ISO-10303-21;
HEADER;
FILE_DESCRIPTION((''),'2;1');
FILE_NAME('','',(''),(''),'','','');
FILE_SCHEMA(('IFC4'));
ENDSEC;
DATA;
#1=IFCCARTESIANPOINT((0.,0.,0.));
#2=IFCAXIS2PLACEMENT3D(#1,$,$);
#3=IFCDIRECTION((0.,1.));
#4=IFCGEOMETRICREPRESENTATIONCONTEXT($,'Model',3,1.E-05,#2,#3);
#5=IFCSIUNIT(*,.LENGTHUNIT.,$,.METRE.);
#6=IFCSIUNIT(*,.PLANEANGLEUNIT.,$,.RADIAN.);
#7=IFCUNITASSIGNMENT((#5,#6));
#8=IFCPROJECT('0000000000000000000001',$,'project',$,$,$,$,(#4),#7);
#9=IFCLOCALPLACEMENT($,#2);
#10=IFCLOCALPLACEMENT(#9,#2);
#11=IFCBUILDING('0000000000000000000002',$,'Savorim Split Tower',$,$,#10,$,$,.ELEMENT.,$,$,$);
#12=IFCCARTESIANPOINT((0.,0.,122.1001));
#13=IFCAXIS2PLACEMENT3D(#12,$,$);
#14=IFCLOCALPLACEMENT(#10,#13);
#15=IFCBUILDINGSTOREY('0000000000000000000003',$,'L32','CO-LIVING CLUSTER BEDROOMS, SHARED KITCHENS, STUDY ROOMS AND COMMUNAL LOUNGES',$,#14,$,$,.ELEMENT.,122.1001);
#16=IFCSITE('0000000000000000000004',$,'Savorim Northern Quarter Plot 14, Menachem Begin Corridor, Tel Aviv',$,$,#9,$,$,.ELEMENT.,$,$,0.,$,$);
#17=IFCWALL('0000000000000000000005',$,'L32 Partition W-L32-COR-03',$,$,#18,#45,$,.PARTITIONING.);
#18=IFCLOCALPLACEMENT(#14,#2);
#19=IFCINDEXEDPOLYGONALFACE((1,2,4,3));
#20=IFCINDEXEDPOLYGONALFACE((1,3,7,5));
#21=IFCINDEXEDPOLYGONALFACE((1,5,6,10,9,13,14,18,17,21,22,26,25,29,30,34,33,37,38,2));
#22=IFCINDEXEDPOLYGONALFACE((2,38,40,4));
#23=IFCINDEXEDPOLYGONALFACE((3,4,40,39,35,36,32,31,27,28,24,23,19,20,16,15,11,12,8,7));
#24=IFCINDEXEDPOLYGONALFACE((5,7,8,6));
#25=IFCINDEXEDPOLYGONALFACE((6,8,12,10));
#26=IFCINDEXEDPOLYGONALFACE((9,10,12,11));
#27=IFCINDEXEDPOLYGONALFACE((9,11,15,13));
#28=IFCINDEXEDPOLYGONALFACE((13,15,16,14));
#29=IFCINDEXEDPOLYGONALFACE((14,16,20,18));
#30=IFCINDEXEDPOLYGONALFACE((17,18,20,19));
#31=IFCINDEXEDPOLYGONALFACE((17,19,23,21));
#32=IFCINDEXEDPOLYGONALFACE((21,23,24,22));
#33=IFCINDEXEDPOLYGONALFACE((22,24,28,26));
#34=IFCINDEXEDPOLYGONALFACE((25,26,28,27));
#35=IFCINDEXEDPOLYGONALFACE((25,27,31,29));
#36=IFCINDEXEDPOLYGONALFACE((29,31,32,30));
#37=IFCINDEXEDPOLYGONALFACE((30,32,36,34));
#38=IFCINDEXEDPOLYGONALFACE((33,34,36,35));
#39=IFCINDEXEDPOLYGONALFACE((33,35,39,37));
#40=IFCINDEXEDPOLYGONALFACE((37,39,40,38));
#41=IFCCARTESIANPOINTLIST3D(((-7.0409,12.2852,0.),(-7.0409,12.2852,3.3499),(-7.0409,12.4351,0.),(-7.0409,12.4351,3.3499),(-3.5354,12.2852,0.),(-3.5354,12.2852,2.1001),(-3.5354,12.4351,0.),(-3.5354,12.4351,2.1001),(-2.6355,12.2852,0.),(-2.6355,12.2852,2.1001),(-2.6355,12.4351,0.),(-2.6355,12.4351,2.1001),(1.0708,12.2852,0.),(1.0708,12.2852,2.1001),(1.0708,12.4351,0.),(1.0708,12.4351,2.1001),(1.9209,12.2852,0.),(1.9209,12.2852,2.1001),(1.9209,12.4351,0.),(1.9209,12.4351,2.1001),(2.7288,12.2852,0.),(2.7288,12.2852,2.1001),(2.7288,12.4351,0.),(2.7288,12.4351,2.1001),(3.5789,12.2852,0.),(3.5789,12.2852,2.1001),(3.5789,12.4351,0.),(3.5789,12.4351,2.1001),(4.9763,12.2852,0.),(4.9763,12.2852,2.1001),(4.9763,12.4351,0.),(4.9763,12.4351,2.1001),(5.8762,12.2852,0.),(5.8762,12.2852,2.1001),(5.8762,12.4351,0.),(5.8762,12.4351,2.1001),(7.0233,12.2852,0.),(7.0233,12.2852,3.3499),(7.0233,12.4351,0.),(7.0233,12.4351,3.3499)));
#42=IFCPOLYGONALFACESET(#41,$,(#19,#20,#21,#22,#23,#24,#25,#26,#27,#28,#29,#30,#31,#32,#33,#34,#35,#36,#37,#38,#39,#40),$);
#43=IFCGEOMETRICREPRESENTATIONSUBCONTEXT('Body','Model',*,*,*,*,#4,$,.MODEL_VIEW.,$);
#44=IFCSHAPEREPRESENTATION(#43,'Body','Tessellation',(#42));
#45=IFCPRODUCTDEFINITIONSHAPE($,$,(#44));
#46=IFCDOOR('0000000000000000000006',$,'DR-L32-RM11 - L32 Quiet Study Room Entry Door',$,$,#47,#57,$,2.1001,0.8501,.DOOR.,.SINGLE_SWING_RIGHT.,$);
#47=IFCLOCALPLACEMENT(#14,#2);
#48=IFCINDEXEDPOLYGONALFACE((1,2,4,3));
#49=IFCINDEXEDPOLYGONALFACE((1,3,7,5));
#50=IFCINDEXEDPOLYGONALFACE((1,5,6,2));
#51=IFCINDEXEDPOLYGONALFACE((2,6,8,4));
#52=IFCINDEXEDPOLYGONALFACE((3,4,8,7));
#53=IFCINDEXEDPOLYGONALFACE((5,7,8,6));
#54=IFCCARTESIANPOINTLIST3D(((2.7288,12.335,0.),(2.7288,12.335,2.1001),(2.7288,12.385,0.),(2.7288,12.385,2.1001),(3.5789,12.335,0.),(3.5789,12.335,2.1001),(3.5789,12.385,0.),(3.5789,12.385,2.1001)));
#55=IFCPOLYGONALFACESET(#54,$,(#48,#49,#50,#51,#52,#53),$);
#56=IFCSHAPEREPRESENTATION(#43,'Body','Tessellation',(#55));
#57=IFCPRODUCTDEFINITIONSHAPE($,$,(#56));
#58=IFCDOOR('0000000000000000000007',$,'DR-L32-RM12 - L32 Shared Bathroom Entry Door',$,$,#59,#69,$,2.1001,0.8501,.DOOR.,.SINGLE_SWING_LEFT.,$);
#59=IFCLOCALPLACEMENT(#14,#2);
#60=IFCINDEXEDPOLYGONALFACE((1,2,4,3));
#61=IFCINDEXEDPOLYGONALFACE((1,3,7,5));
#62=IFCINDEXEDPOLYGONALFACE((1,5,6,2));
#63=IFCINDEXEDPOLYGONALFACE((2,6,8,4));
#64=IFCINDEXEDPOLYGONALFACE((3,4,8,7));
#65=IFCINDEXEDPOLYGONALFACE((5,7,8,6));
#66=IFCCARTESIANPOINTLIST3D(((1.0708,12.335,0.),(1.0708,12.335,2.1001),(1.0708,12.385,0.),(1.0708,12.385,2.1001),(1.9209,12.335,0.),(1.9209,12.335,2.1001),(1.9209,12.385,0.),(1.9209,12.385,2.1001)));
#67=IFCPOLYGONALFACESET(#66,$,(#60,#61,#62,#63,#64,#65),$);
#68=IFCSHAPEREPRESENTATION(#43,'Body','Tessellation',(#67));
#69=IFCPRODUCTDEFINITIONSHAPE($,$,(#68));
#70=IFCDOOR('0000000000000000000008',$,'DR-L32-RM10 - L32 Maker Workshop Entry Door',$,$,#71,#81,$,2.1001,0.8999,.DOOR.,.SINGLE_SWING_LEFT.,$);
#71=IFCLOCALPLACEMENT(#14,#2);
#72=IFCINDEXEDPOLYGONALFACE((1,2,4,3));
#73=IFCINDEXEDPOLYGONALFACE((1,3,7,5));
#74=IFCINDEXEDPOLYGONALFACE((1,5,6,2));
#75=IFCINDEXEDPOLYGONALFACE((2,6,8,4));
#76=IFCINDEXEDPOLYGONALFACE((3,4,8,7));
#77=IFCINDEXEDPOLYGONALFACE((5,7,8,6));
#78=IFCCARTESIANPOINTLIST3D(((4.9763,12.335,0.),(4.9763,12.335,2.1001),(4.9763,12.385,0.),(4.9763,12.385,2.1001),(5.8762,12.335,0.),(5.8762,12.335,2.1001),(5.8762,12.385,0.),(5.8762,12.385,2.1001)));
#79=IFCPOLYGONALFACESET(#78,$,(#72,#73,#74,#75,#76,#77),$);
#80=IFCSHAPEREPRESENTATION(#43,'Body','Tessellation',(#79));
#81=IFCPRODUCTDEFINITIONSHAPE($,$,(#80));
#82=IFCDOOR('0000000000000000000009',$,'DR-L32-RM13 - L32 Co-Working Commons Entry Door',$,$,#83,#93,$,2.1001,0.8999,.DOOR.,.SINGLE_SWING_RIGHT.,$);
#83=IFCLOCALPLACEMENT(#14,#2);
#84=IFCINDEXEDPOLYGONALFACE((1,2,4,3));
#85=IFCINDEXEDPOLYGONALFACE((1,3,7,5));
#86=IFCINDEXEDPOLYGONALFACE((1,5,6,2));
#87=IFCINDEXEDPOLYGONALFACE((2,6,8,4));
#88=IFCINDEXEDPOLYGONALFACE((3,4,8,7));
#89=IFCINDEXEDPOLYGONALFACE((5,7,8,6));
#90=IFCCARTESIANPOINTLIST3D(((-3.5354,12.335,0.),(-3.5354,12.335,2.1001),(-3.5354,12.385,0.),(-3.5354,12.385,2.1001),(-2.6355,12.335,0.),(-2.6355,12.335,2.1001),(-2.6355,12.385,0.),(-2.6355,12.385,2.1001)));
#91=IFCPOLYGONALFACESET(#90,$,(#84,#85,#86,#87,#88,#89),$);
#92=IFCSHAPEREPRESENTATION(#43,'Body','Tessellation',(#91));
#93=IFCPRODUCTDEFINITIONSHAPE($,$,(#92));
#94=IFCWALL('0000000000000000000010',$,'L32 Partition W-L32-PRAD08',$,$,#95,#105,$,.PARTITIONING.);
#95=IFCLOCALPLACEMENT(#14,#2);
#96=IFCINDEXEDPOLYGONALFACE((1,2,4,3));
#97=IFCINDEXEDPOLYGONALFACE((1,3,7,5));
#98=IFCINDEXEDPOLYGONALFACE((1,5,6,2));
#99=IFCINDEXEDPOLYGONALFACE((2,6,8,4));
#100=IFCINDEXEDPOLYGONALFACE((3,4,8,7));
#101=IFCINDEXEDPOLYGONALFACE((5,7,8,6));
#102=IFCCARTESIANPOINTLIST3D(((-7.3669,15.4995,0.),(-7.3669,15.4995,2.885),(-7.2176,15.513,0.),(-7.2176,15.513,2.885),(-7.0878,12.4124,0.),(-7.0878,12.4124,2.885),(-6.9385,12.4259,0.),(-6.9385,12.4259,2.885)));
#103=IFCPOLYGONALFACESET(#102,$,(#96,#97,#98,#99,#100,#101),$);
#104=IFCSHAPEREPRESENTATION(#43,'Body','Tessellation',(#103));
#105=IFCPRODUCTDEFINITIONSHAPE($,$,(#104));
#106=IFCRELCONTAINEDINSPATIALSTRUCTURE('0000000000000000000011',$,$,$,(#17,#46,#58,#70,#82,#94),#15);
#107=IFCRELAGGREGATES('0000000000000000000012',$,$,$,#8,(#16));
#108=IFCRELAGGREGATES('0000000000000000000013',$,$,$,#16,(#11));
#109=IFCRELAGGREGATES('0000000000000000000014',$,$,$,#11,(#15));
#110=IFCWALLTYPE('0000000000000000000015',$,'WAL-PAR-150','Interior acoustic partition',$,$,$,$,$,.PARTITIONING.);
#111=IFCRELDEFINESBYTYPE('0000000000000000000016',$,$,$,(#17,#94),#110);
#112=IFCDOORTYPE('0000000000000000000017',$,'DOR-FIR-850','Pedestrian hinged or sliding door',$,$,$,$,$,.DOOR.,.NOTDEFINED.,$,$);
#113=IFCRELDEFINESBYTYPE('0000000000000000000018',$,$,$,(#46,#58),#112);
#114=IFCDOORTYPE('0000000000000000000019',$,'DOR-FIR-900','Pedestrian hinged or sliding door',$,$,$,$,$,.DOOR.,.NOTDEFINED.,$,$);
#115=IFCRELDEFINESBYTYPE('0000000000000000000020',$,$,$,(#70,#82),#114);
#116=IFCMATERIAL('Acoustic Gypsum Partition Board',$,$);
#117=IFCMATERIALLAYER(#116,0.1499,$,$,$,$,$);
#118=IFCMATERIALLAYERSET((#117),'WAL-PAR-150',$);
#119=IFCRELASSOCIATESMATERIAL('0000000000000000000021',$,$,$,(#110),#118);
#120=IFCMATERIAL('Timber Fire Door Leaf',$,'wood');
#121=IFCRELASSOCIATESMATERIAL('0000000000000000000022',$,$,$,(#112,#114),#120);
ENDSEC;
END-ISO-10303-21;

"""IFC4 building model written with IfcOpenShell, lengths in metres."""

from ifc_helpers import new_model, si_unit, direction, frame, frame_2d, origin, place, context, subcontext, project, spatial, rectangle, extrude, material, layer, layer_set, type_object, element, fill, save


model = new_model("IFC4")

# Units and contexts
model_context = context("Model", 3, precision=1e-05, world=origin(), true_north=direction((0.0, 1.0)))
body_context = subcontext(model_context, "Body", "Model", "MODEL_VIEW")
ifc_project = project(units=[si_unit("LENGTHUNIT", "METRE"), si_unit("PLANEANGLEUNIT", "RADIAN")], contexts=[model_context])

# Site, building, storey
site_placement = place(None, origin())
site = spatial("IfcSite", under=ifc_project, at=site_placement, Name="Savorim Northern Quarter Plot 14, Menachem Begin Corridor, Tel Aviv", CompositionType="ELEMENT", RefElevation=0.0)
building_placement = place(site_placement, origin())
building = spatial("IfcBuilding", under=site, at=building_placement, Name="Savorim Split Tower", CompositionType="ELEMENT")
storey_placement = place(building_placement, frame((0.0, 0.0, 122.1001)))
storey = spatial("IfcBuildingStorey", under=building, at=storey_placement, Name="L32", Description="CO-LIVING CLUSTER BEDROOMS, SHARED KITCHENS, STUDY ROOMS AND COMMUNAL LOUNGES", CompositionType="ELEMENT", Elevation=122.1001)

# Shared definitions
ifc_material_1 = material(Name="Acoustic Gypsum Partition Board")
ifc_layer_1 = layer(ifc_material_1, 0.1499)
ifc_layer_set_1 = layer_set([ifc_layer_1], Name="WAL-PAR-150")
wall_type_1 = type_object("IfcWallType", Name="WAL-PAR-150", Description="Interior acoustic partition", PredefinedType="PARTITIONING", material=ifc_layer_set_1)

# Wall, openings, doors
wall_1_placement = place(storey_placement, frame((-7.041, 12.3601, 0.0), z_axis=(0.0, 0.0, 1.0), x_axis=(1.0, 0.0, 0.0)))
wall_1 = element("IfcWall", 1, at=wall_1_placement, inside=storey, type_object=wall_type_1, Name="L32 Partition W-L32-COR-03", PredefinedType="PARTITIONING", context=body_context, shape_type="SweptSolid", body=[
    extrude(rectangle(XDim=14.0642, YDim=0.1499, at=frame_2d((7.0322, 0.0))), origin(), (0.0, 0.0, 1.0), 3.3499),
])
opening_1_placement = place(wall_1_placement, frame((12.0173, 0.0, 0.0)))
opening_1 = element("IfcOpeningElement", 2, at=opening_1_placement, cuts=wall_1, PredefinedType="OPENING", context=body_context, shape_type="SweptSolid", body=[
    extrude(rectangle(XDim=0.8999, YDim=2.1001, at=frame_2d((0.45, 1.05))), frame((0.0, 0.085, 0.0), z_axis=(0.0, -1.0, 0.0), x_axis=(1.0, 0.0, 0.0)), (0.0, 0.0, 1.0), 0.1699),
])
opening_2_placement = place(wall_1_placement, frame((9.7698, 0.0, 0.0)))
opening_2 = element("IfcOpeningElement", 3, at=opening_2_placement, cuts=wall_1, PredefinedType="OPENING", context=body_context, shape_type="SweptSolid", body=[
    extrude(rectangle(XDim=0.8501, YDim=2.1001, at=frame_2d((0.425, 1.05))), frame((0.0, 0.085, 0.0), z_axis=(0.0, -1.0, 0.0), x_axis=(1.0, 0.0, 0.0)), (0.0, 0.0, 1.0), 0.1699),
])
opening_3_placement = place(wall_1_placement, frame((8.1118, 0.0, 0.0)))
opening_3 = element("IfcOpeningElement", 4, at=opening_3_placement, cuts=wall_1, PredefinedType="OPENING", context=body_context, shape_type="SweptSolid", body=[
    extrude(rectangle(XDim=0.8501, YDim=2.1001, at=frame_2d((0.425, 1.05))), frame((0.0, 0.085, 0.0), z_axis=(0.0, -1.0, 0.0), x_axis=(1.0, 0.0, 0.0)), (0.0, 0.0, 1.0), 0.1699),
])
opening_4_placement = place(wall_1_placement, frame((3.5056, 0.0, 0.0)))
opening_4 = element("IfcOpeningElement", 5, at=opening_4_placement, cuts=wall_1, PredefinedType="OPENING", context=body_context, shape_type="SweptSolid", body=[
    extrude(rectangle(XDim=0.8999, YDim=2.1001, at=frame_2d((0.45, 1.05))), frame((0.0, 0.085, 0.0), z_axis=(0.0, -1.0, 0.0), x_axis=(1.0, 0.0, 0.0)), (0.0, 0.0, 1.0), 0.1699),
])
ifc_material_2 = material(Name="Timber Fire Door Leaf", Category="wood")
door_type_1 = type_object("IfcDoorType", Name="DOR-FIR-850", Description="Pedestrian hinged or sliding door", OperationType="NOTDEFINED", PredefinedType="DOOR", material=ifc_material_2)
door_1_placement = place(opening_2_placement, origin())
door_1 = element("IfcDoor", 6, at=door_1_placement, inside=storey, type_object=door_type_1, Name="DR-L32-RM11 - L32 Quiet Study Room Entry Door", OperationType="SINGLE_SWING_RIGHT", OverallHeight=2.1001, OverallWidth=0.8501, PredefinedType="DOOR", context=body_context, shape_type="SweptSolid", body=[
    extrude(rectangle(XDim=0.8501, YDim=2.1001, at=frame_2d((0.425, 1.05))), frame((0.0, 0.0249, 0.0), z_axis=(0.0, -1.0, 0.0), x_axis=(1.0, 0.0, 0.0)), (0.0, 0.0, 1.0), 0.05),
])
fill(opening_2, door_1)
door_2_placement = place(opening_3_placement, origin())
door_2 = element("IfcDoor", 7, at=door_2_placement, inside=storey, type_object=door_type_1, Name="DR-L32-RM12 - L32 Shared Bathroom Entry Door", OperationType="SINGLE_SWING_LEFT", OverallHeight=2.1001, OverallWidth=0.8501, PredefinedType="DOOR", context=body_context, shape_type="SweptSolid", body=[
    extrude(rectangle(XDim=0.8501, YDim=2.1001, at=frame_2d((0.425, 1.05))), frame((0.0, 0.0249, 0.0), z_axis=(0.0, -1.0, 0.0), x_axis=(1.0, 0.0, 0.0)), (0.0, 0.0, 1.0), 0.05),
])
fill(opening_3, door_2)
door_type_2 = type_object("IfcDoorType", Name="DOR-FIR-900", Description="Pedestrian hinged or sliding door", OperationType="NOTDEFINED", PredefinedType="DOOR", material=ifc_material_2)
door_3_placement = place(opening_1_placement, origin())
door_3 = element("IfcDoor", 8, at=door_3_placement, inside=storey, type_object=door_type_2, Name="DR-L32-RM10 - L32 Maker Workshop Entry Door", OperationType="SINGLE_SWING_LEFT", OverallHeight=2.1001, OverallWidth=0.8999, PredefinedType="DOOR", context=body_context, shape_type="SweptSolid", body=[
    extrude(rectangle(XDim=0.8999, YDim=2.1001, at=frame_2d((0.45, 1.05))), frame((0.0, 0.0249, 0.0), z_axis=(0.0, -1.0, 0.0), x_axis=(1.0, 0.0, 0.0)), (0.0, 0.0, 1.0), 0.05),
])
fill(opening_1, door_3)
door_4_placement = place(opening_4_placement, origin())
door_4 = element("IfcDoor", 9, at=door_4_placement, inside=storey, type_object=door_type_2, Name="DR-L32-RM13 - L32 Co-Working Commons Entry Door", OperationType="SINGLE_SWING_RIGHT", OverallHeight=2.1001, OverallWidth=0.8999, PredefinedType="DOOR", context=body_context, shape_type="SweptSolid", body=[
    extrude(rectangle(XDim=0.8999, YDim=2.1001, at=frame_2d((0.45, 1.05))), frame((0.0, 0.0249, 0.0), z_axis=(0.0, -1.0, 0.0), x_axis=(1.0, 0.0, 0.0)), (0.0, 0.0, 1.0), 0.05),
])
fill(opening_4, door_4)

# Wall
wall_2_placement = place(storey_placement, frame((-7.0132, 12.4192, 0.0), z_axis=(0.0, 0.0, 1.0), x_axis=(-0.090031, 0.995939, 0.0)))
element("IfcWall", 10, at=wall_2_placement, inside=storey, type_object=wall_type_1, Name="L32 Partition W-L32-PRAD08", PredefinedType="PARTITIONING", context=body_context, shape_type="SweptSolid", body=[
    extrude(rectangle(XDim=3.0996, YDim=0.1499, at=frame_2d((1.5498, 0.0))), origin(), (0.0, 0.0, 1.0), 2.885),
])

save(model, "model.ifc")
